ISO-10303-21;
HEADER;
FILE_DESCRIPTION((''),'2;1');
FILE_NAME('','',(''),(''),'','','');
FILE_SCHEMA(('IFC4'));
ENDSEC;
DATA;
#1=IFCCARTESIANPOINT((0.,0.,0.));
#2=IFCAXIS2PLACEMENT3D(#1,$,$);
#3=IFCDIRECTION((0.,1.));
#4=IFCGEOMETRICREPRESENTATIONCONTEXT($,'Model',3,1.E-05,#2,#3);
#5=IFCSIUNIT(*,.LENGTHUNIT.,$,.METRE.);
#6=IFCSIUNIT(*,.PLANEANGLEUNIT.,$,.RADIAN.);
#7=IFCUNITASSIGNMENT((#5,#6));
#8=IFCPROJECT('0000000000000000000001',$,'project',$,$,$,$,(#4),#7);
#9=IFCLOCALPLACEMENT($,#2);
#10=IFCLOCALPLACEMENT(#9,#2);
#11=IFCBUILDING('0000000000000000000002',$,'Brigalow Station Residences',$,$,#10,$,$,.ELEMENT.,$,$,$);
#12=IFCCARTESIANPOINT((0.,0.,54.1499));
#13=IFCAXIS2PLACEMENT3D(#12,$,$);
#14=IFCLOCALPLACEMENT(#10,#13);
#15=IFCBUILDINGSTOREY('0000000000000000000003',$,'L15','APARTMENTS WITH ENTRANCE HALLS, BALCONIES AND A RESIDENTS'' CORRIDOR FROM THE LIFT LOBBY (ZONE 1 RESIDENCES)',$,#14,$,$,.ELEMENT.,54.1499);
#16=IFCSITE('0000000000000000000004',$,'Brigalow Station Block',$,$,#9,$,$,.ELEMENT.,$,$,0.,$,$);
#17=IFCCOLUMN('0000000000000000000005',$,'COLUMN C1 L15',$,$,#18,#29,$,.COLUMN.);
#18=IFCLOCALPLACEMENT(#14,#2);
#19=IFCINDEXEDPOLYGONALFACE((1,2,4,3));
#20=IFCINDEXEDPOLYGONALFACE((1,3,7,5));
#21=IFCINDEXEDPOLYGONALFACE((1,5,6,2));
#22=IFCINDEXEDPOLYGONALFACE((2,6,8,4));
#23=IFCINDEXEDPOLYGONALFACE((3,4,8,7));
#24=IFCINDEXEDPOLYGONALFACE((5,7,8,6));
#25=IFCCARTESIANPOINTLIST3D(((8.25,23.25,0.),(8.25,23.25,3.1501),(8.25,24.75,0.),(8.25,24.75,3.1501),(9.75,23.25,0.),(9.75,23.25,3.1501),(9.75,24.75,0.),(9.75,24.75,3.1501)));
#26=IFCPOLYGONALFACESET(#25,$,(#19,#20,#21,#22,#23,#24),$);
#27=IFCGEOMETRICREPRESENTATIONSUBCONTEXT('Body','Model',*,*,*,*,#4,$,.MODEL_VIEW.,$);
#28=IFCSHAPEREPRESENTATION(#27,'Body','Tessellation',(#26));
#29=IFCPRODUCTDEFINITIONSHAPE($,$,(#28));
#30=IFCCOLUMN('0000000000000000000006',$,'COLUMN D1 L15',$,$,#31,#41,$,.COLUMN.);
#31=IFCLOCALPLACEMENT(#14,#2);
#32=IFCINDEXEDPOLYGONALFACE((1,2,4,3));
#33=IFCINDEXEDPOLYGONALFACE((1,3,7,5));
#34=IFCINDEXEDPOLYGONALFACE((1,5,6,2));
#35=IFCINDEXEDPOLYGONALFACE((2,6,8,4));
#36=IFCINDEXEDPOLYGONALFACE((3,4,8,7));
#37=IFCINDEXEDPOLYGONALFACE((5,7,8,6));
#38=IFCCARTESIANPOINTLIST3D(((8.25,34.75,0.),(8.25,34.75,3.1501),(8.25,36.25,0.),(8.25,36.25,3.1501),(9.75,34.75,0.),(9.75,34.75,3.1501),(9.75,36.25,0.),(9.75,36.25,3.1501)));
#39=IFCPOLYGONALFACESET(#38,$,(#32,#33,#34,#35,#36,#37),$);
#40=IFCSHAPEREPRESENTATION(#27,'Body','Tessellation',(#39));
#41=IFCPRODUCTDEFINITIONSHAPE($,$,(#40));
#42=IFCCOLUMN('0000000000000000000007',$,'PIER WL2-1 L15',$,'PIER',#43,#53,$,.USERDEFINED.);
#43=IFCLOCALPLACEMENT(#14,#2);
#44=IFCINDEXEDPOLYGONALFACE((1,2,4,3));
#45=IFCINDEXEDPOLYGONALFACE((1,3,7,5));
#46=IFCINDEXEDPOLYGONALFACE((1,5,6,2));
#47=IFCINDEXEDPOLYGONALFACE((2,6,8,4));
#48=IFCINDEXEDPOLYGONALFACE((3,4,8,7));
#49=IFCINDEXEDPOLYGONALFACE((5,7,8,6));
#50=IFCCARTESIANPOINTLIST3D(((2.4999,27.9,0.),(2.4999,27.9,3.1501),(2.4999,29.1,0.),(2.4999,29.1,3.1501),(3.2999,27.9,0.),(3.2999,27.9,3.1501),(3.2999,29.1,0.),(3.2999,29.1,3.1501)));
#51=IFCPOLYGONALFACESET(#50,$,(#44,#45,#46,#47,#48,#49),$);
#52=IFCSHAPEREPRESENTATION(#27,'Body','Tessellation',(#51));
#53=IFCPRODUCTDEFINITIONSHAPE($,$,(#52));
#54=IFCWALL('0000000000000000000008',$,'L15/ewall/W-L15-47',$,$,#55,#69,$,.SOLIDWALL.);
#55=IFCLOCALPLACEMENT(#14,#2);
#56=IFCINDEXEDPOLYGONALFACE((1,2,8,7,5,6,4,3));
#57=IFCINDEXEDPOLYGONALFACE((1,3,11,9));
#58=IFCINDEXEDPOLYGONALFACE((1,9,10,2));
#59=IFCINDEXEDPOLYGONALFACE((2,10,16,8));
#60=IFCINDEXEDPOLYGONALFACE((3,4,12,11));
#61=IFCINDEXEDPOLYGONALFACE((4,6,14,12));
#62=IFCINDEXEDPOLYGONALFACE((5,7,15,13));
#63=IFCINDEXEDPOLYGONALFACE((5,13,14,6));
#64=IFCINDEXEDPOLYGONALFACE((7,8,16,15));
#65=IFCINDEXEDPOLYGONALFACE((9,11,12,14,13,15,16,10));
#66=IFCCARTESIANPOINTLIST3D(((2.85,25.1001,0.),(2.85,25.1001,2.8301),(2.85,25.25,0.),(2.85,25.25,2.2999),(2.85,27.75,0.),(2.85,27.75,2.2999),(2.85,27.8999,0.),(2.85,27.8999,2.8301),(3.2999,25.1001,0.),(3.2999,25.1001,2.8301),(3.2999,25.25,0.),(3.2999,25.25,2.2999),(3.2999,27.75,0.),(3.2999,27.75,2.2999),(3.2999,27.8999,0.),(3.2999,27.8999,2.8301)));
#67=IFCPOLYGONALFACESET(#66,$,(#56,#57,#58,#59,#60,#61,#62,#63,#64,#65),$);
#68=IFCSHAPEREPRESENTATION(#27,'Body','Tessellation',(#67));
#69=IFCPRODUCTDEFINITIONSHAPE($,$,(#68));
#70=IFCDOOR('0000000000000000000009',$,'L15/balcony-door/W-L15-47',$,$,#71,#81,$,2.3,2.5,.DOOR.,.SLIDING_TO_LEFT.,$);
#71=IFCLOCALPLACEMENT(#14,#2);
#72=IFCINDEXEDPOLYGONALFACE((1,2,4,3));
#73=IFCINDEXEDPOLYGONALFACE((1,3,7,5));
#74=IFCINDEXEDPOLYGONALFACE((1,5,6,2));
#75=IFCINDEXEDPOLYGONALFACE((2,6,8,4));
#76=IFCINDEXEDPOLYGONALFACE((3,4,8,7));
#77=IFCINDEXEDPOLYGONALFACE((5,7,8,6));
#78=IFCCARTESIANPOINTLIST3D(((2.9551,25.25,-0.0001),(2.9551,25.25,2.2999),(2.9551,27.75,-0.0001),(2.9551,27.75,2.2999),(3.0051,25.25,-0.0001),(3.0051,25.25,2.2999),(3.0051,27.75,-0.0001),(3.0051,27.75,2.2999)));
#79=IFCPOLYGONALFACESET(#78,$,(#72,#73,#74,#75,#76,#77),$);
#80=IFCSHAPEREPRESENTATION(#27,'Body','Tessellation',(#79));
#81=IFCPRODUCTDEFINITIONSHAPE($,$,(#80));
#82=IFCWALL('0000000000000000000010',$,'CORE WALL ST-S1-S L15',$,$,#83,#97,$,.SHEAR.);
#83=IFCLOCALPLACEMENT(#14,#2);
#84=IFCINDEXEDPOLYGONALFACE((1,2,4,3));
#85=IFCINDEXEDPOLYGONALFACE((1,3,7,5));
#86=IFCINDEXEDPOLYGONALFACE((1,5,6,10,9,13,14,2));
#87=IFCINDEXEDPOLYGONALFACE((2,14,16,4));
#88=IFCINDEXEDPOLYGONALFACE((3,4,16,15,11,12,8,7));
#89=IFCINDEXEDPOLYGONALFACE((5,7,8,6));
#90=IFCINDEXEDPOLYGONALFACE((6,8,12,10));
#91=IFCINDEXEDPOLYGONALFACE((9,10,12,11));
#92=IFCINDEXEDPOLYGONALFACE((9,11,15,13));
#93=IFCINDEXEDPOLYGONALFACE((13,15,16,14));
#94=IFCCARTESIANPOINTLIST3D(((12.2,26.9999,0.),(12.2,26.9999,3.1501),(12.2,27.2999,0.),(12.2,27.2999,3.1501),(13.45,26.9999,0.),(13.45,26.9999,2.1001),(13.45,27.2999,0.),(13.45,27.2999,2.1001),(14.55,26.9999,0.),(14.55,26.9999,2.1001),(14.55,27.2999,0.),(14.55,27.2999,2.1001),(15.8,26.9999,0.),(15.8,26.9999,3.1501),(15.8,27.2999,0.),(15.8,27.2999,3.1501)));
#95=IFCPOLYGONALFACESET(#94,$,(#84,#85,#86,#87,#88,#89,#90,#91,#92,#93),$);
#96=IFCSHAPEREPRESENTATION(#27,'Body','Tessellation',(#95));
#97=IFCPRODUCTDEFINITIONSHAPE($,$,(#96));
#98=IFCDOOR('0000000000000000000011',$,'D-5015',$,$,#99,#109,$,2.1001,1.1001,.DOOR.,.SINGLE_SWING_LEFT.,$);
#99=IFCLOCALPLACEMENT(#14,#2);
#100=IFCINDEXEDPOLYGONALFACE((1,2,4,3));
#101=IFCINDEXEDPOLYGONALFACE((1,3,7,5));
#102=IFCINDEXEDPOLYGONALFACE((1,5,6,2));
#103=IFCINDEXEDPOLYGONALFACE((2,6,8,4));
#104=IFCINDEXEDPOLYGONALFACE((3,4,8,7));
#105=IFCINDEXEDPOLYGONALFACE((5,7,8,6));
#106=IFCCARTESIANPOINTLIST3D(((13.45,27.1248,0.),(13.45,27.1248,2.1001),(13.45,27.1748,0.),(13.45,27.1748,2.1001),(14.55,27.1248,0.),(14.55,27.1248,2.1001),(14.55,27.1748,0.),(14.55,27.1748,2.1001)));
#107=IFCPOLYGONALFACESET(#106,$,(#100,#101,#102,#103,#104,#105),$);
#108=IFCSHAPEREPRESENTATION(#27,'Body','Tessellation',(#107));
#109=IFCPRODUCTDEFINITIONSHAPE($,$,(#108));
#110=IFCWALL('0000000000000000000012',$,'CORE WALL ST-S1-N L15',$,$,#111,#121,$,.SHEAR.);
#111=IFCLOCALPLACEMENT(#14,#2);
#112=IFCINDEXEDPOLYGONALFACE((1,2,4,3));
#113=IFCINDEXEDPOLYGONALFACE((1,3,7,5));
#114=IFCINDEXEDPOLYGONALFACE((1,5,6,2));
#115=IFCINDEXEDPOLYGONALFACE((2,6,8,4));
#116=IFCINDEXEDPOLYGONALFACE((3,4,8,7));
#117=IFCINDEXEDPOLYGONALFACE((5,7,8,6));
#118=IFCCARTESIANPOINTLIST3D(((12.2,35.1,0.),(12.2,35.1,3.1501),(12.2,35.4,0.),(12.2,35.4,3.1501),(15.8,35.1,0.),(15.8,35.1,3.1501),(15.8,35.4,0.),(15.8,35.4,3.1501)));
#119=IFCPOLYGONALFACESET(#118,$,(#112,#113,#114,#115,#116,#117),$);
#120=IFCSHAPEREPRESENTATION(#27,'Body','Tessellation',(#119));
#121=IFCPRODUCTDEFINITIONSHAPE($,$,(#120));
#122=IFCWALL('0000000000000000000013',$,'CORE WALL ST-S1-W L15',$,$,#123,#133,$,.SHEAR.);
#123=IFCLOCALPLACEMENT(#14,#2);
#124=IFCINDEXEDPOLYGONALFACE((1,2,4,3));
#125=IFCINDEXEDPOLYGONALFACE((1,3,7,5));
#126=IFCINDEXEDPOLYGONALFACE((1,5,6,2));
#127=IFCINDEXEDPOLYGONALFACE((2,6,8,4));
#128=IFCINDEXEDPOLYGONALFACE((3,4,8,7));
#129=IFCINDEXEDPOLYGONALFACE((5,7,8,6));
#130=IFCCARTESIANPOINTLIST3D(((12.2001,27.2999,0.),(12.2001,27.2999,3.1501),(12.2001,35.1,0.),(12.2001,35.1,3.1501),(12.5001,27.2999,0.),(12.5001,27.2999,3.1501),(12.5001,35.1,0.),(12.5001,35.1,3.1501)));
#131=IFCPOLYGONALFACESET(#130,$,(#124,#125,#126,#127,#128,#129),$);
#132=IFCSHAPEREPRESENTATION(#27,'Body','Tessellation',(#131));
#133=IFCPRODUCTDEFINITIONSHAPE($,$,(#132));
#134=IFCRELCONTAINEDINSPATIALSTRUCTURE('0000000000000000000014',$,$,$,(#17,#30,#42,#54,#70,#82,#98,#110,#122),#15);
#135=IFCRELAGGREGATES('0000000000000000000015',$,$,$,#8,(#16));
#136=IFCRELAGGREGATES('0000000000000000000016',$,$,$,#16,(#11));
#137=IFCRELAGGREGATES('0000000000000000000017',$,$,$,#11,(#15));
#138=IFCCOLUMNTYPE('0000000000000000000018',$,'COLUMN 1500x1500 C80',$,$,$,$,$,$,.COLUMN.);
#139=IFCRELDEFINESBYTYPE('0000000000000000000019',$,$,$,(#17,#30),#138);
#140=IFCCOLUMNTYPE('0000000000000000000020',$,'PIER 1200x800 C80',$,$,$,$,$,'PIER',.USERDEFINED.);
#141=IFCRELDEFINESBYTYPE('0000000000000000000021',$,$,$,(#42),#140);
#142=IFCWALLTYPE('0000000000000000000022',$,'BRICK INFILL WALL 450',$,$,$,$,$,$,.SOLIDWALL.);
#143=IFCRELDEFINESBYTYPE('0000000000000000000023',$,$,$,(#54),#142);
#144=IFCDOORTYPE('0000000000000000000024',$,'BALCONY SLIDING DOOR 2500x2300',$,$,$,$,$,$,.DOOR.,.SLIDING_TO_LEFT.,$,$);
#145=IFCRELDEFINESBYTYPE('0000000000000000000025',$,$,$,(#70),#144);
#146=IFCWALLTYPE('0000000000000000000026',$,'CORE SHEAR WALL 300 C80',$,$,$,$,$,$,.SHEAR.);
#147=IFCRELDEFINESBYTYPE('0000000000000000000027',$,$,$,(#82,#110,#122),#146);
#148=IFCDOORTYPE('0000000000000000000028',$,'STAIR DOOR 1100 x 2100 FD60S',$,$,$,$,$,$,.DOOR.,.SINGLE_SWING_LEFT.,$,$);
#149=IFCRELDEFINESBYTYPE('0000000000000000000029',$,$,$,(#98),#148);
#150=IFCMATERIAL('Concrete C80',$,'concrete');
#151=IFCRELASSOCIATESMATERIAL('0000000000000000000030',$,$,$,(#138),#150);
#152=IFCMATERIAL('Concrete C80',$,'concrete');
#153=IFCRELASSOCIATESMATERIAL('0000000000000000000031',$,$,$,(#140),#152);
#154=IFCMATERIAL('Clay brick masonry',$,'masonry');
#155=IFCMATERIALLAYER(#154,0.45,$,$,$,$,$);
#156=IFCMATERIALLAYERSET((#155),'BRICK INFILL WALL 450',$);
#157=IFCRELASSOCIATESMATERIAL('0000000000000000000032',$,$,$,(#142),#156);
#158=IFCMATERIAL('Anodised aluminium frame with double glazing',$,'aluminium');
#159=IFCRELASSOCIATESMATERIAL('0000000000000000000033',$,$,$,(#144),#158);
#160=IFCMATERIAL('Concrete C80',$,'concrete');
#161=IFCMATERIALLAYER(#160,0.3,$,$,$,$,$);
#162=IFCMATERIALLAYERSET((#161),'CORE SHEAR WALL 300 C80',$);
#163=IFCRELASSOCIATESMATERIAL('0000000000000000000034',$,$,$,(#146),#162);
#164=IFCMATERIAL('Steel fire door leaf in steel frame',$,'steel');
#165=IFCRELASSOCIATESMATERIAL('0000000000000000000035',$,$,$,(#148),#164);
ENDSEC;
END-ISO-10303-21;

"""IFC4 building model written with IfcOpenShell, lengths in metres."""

from ifc_helpers import new_model, si_unit, direction, frame, frame_2d, origin, origin_2d, place, context, subcontext, project, spatial, rectangle, extrude, material, layer, layer_set, material_profile, profile_set, type_object, element, fill, save


model = new_model("IFC4")

# Units and contexts
model_context = context("Model", 3, precision=1e-05, world=origin(), true_north=direction((0.0, 1.0)))
body_context = subcontext(model_context, "Body", "Model", "MODEL_VIEW")
ifc_project = project(units=[si_unit("LENGTHUNIT", "METRE"), si_unit("PLANEANGLEUNIT", "RADIAN")], contexts=[model_context])

# Site, building, storey
site_placement = place(None, origin())
site = spatial("IfcSite", under=ifc_project, at=site_placement, Name="Brigalow Station Block", CompositionType="ELEMENT", RefElevation=0.0)
building_placement = place(site_placement, origin())
building = spatial("IfcBuilding", under=site, at=building_placement, Name="Brigalow Station Residences", CompositionType="ELEMENT")
storey_placement = place(building_placement, frame((0.0, 0.0, 54.1499)))
storey = spatial("IfcBuildingStorey", under=building, at=storey_placement, Name="L15", Description="APARTMENTS WITH ENTRANCE HALLS, BALCONIES AND A RESIDENTS' CORRIDOR FROM THE LIFT LOBBY (ZONE 1 RESIDENCES)", CompositionType="ELEMENT", Elevation=54.1499)

# Columns
ifc_material_1 = material(Name="Concrete C80", Category="concrete")
ifc_material_profile_1 = material_profile(ifc_material_1, rectangle(XDim=1.5, YDim=1.5, at=origin_2d()), Name="RC1500x1500")
ifc_profile_set_1 = profile_set([ifc_material_profile_1], Name="Concrete C80")
column_type_1 = type_object("IfcColumnType", Name="COLUMN 1500x1500 C80", PredefinedType="COLUMN", material=ifc_profile_set_1)
for number, where, z_axis, x_axis, name in (
    (1, (9.0, 24.0, 0.0), (0.0, 0.0, 1.0), (1.0, 0.0, 0.0), "COLUMN C1 L15"),
    (2, (9.0, 35.5, 0.0), (0.0, 0.0, 1.0), (1.0, 0.0, 0.0), "COLUMN D1 L15"),
):
    element("IfcColumn", number, at=place(storey_placement, frame(where, z_axis=z_axis, x_axis=x_axis)), inside=storey, type_object=column_type_1, Name=name, PredefinedType="COLUMN", context=body_context, shape_type="SweptSolid", body=[
        extrude(rectangle(XDim=1.5, YDim=1.5, at=origin_2d()), origin(), (0.0, 0.0, 1.0), 3.1501),
    ])
ifc_material_2 = material(Name="Concrete C80", Category="concrete")
ifc_material_profile_2 = material_profile(ifc_material_2, rectangle(XDim=1.2, YDim=0.8, at=origin_2d()), Name="RC1200x800")
ifc_profile_set_2 = profile_set([ifc_material_profile_2], Name="Concrete C80")
column_type_2 = type_object("IfcColumnType", Name="PIER 1200x800 C80", ElementType="PIER", PredefinedType="USERDEFINED", material=ifc_profile_set_2)
column_placement = place(storey_placement, frame((2.8999, 28.5, 0.0), z_axis=(0.0, 0.0, 1.0), x_axis=(0.0, -1.0, 0.0)))
element("IfcColumn", 3, at=column_placement, inside=storey, type_object=column_type_2, Name="PIER WL2-1 L15", ObjectType="PIER", PredefinedType="USERDEFINED", context=body_context, shape_type="SweptSolid", body=[
    extrude(rectangle(XDim=1.2, YDim=0.8, at=origin_2d()), origin(), (0.0, 0.0, 1.0), 3.1501),
])

# Walls, openings, doors
ifc_material_3 = material(Name="Clay brick masonry", Category="masonry")
ifc_layer_1 = layer(ifc_material_3, 0.45)
ifc_layer_set_1 = layer_set([ifc_layer_1], Name="BRICK INFILL WALL 450")
wall_type_1 = type_object("IfcWallType", Name="BRICK INFILL WALL 450", PredefinedType="SOLIDWALL", material=ifc_layer_set_1)
wall_1_placement = place(storey_placement, frame((3.075, 27.8999, 0.0), z_axis=(0.0, 0.0, 1.0), x_axis=(0.0, -1.0, 0.0)))
wall_1 = element("IfcWall", 4, at=wall_1_placement, inside=storey, type_object=wall_type_1, Name="L15/ewall/W-L15-47", PredefinedType="SOLIDWALL", context=body_context, shape_type="SweptSolid", body=[
    extrude(rectangle(XDim=2.7998, YDim=0.45, at=frame_2d((1.3999, 0.0))), origin(), (0.0, 0.0, 1.0), 2.8301),
])
opening_1_placement = place(wall_1_placement, frame((0.1499, 0.0, 0.0)))
opening_1 = element("IfcOpeningElement", 5, at=opening_1_placement, cuts=wall_1, PredefinedType="OPENING", context=body_context, shape_type="SweptSolid", body=[
    extrude(rectangle(XDim=2.5, YDim=2.3, at=frame_2d((1.25, 1.1499))), frame((0.0, 0.2349, 0.0), z_axis=(0.0, -1.0, 0.0), x_axis=(1.0, 0.0, 0.0)), (0.0, 0.0, 1.0), 0.47),
])
ifc_material_4 = material(Name="Anodised aluminium frame with double glazing", Category="aluminium")
door_type_1 = type_object("IfcDoorType", Name="BALCONY SLIDING DOOR 2500x2300", OperationType="SLIDING_TO_LEFT", PredefinedType="DOOR", material=ifc_material_4)
door_1_placement = place(opening_1_placement, origin())
door_1 = element("IfcDoor", 6, at=door_1_placement, inside=storey, type_object=door_type_1, Name="L15/balcony-door/W-L15-47", OperationType="SLIDING_TO_LEFT", OverallHeight=2.3, OverallWidth=2.5, PredefinedType="DOOR", context=body_context, shape_type="SweptSolid", body=[
    extrude(rectangle(XDim=2.5, YDim=2.3, at=frame_2d((1.25, 1.1499))), frame((0.0, -0.0698, 0.0), z_axis=(0.0, -1.0, 0.0), x_axis=(1.0, 0.0, 0.0)), (0.0, 0.0, 1.0), 0.05),
])
fill(opening_1, door_1)
ifc_material_5 = material(Name="Concrete C80", Category="concrete")
ifc_layer_2 = layer(ifc_material_5, 0.3)
ifc_layer_set_2 = layer_set([ifc_layer_2], Name="CORE SHEAR WALL 300 C80")
wall_type_2 = type_object("IfcWallType", Name="CORE SHEAR WALL 300 C80", PredefinedType="SHEAR", material=ifc_layer_set_2)
wall_2_placement = place(storey_placement, frame((12.2, 27.1499, 0.0), z_axis=(0.0, 0.0, 1.0), x_axis=(1.0, 0.0, 0.0)))
wall_2 = element("IfcWall", 7, at=wall_2_placement, inside=storey, type_object=wall_type_2, Name="CORE WALL ST-S1-S L15", PredefinedType="SHEAR", context=body_context, shape_type="SweptSolid", body=[
    extrude(rectangle(XDim=3.6001, YDim=0.3, at=frame_2d((1.8, 0.0))), origin(), (0.0, 0.0, 1.0), 3.1501),
])
opening_2_placement = place(wall_2_placement, frame((1.25, 0.0, 0.0)))
opening_2 = element("IfcOpeningElement", 8, at=opening_2_placement, cuts=wall_2, PredefinedType="OPENING", context=body_context, shape_type="SweptSolid", body=[
    extrude(rectangle(XDim=1.1001, YDim=2.1001, at=frame_2d((0.55, 1.05))), frame((0.0, 0.1602, 0.0), z_axis=(0.0, -1.0, 0.0), x_axis=(1.0, 0.0, 0.0)), (0.0, 0.0, 1.0), 0.3201),
])
ifc_material_6 = material(Name="Steel fire door leaf in steel frame", Category="steel")
door_type_2 = type_object("IfcDoorType", Name="STAIR DOOR 1100 x 2100 FD60S", OperationType="SINGLE_SWING_LEFT", PredefinedType="DOOR", material=ifc_material_6)
door_2_placement = place(opening_2_placement, origin())
door_2 = element("IfcDoor", 9, at=door_2_placement, inside=storey, type_object=door_type_2, Name="D-5015", OperationType="SINGLE_SWING_LEFT", OverallHeight=2.1001, OverallWidth=1.1001, PredefinedType="DOOR", context=body_context, shape_type="SweptSolid", body=[
    extrude(rectangle(XDim=1.1001, YDim=2.1001, at=frame_2d((0.55, 1.05))), frame((0.0, 0.0249, 0.0), z_axis=(0.0, -1.0, 0.0), x_axis=(1.0, 0.0, 0.0)), (0.0, 0.0, 1.0), 0.05),
])
fill(opening_2, door_2)

# Walls
wall_3_placement = place(storey_placement, frame((12.2, 35.25, 0.0), z_axis=(0.0, 0.0, 1.0), x_axis=(1.0, 0.0, 0.0)))
element("IfcWall", 10, at=wall_3_placement, inside=storey, type_object=wall_type_2, Name="CORE WALL ST-S1-N L15", PredefinedType="SHEAR", context=body_context, shape_type="SweptSolid", body=[
    extrude(rectangle(XDim=3.6001, YDim=0.3, at=frame_2d((1.8, 0.0))), origin(), (0.0, 0.0, 1.0), 3.1501),
])
wall_4_placement = place(storey_placement, frame((12.3501, 27.3, 0.0), z_axis=(0.0, 0.0, 1.0), x_axis=(0.0, 1.0, 0.0)))
element("IfcWall", 11, at=wall_4_placement, inside=storey, type_object=wall_type_2, Name="CORE WALL ST-S1-W L15", PredefinedType="SHEAR", context=body_context, shape_type="SweptSolid", body=[
    extrude(rectangle(XDim=7.8, YDim=0.3, at=frame_2d((3.8999, 0.0))), origin(), (0.0, 0.0, 1.0), 3.1501),
])

save(model, "model.ifc")
